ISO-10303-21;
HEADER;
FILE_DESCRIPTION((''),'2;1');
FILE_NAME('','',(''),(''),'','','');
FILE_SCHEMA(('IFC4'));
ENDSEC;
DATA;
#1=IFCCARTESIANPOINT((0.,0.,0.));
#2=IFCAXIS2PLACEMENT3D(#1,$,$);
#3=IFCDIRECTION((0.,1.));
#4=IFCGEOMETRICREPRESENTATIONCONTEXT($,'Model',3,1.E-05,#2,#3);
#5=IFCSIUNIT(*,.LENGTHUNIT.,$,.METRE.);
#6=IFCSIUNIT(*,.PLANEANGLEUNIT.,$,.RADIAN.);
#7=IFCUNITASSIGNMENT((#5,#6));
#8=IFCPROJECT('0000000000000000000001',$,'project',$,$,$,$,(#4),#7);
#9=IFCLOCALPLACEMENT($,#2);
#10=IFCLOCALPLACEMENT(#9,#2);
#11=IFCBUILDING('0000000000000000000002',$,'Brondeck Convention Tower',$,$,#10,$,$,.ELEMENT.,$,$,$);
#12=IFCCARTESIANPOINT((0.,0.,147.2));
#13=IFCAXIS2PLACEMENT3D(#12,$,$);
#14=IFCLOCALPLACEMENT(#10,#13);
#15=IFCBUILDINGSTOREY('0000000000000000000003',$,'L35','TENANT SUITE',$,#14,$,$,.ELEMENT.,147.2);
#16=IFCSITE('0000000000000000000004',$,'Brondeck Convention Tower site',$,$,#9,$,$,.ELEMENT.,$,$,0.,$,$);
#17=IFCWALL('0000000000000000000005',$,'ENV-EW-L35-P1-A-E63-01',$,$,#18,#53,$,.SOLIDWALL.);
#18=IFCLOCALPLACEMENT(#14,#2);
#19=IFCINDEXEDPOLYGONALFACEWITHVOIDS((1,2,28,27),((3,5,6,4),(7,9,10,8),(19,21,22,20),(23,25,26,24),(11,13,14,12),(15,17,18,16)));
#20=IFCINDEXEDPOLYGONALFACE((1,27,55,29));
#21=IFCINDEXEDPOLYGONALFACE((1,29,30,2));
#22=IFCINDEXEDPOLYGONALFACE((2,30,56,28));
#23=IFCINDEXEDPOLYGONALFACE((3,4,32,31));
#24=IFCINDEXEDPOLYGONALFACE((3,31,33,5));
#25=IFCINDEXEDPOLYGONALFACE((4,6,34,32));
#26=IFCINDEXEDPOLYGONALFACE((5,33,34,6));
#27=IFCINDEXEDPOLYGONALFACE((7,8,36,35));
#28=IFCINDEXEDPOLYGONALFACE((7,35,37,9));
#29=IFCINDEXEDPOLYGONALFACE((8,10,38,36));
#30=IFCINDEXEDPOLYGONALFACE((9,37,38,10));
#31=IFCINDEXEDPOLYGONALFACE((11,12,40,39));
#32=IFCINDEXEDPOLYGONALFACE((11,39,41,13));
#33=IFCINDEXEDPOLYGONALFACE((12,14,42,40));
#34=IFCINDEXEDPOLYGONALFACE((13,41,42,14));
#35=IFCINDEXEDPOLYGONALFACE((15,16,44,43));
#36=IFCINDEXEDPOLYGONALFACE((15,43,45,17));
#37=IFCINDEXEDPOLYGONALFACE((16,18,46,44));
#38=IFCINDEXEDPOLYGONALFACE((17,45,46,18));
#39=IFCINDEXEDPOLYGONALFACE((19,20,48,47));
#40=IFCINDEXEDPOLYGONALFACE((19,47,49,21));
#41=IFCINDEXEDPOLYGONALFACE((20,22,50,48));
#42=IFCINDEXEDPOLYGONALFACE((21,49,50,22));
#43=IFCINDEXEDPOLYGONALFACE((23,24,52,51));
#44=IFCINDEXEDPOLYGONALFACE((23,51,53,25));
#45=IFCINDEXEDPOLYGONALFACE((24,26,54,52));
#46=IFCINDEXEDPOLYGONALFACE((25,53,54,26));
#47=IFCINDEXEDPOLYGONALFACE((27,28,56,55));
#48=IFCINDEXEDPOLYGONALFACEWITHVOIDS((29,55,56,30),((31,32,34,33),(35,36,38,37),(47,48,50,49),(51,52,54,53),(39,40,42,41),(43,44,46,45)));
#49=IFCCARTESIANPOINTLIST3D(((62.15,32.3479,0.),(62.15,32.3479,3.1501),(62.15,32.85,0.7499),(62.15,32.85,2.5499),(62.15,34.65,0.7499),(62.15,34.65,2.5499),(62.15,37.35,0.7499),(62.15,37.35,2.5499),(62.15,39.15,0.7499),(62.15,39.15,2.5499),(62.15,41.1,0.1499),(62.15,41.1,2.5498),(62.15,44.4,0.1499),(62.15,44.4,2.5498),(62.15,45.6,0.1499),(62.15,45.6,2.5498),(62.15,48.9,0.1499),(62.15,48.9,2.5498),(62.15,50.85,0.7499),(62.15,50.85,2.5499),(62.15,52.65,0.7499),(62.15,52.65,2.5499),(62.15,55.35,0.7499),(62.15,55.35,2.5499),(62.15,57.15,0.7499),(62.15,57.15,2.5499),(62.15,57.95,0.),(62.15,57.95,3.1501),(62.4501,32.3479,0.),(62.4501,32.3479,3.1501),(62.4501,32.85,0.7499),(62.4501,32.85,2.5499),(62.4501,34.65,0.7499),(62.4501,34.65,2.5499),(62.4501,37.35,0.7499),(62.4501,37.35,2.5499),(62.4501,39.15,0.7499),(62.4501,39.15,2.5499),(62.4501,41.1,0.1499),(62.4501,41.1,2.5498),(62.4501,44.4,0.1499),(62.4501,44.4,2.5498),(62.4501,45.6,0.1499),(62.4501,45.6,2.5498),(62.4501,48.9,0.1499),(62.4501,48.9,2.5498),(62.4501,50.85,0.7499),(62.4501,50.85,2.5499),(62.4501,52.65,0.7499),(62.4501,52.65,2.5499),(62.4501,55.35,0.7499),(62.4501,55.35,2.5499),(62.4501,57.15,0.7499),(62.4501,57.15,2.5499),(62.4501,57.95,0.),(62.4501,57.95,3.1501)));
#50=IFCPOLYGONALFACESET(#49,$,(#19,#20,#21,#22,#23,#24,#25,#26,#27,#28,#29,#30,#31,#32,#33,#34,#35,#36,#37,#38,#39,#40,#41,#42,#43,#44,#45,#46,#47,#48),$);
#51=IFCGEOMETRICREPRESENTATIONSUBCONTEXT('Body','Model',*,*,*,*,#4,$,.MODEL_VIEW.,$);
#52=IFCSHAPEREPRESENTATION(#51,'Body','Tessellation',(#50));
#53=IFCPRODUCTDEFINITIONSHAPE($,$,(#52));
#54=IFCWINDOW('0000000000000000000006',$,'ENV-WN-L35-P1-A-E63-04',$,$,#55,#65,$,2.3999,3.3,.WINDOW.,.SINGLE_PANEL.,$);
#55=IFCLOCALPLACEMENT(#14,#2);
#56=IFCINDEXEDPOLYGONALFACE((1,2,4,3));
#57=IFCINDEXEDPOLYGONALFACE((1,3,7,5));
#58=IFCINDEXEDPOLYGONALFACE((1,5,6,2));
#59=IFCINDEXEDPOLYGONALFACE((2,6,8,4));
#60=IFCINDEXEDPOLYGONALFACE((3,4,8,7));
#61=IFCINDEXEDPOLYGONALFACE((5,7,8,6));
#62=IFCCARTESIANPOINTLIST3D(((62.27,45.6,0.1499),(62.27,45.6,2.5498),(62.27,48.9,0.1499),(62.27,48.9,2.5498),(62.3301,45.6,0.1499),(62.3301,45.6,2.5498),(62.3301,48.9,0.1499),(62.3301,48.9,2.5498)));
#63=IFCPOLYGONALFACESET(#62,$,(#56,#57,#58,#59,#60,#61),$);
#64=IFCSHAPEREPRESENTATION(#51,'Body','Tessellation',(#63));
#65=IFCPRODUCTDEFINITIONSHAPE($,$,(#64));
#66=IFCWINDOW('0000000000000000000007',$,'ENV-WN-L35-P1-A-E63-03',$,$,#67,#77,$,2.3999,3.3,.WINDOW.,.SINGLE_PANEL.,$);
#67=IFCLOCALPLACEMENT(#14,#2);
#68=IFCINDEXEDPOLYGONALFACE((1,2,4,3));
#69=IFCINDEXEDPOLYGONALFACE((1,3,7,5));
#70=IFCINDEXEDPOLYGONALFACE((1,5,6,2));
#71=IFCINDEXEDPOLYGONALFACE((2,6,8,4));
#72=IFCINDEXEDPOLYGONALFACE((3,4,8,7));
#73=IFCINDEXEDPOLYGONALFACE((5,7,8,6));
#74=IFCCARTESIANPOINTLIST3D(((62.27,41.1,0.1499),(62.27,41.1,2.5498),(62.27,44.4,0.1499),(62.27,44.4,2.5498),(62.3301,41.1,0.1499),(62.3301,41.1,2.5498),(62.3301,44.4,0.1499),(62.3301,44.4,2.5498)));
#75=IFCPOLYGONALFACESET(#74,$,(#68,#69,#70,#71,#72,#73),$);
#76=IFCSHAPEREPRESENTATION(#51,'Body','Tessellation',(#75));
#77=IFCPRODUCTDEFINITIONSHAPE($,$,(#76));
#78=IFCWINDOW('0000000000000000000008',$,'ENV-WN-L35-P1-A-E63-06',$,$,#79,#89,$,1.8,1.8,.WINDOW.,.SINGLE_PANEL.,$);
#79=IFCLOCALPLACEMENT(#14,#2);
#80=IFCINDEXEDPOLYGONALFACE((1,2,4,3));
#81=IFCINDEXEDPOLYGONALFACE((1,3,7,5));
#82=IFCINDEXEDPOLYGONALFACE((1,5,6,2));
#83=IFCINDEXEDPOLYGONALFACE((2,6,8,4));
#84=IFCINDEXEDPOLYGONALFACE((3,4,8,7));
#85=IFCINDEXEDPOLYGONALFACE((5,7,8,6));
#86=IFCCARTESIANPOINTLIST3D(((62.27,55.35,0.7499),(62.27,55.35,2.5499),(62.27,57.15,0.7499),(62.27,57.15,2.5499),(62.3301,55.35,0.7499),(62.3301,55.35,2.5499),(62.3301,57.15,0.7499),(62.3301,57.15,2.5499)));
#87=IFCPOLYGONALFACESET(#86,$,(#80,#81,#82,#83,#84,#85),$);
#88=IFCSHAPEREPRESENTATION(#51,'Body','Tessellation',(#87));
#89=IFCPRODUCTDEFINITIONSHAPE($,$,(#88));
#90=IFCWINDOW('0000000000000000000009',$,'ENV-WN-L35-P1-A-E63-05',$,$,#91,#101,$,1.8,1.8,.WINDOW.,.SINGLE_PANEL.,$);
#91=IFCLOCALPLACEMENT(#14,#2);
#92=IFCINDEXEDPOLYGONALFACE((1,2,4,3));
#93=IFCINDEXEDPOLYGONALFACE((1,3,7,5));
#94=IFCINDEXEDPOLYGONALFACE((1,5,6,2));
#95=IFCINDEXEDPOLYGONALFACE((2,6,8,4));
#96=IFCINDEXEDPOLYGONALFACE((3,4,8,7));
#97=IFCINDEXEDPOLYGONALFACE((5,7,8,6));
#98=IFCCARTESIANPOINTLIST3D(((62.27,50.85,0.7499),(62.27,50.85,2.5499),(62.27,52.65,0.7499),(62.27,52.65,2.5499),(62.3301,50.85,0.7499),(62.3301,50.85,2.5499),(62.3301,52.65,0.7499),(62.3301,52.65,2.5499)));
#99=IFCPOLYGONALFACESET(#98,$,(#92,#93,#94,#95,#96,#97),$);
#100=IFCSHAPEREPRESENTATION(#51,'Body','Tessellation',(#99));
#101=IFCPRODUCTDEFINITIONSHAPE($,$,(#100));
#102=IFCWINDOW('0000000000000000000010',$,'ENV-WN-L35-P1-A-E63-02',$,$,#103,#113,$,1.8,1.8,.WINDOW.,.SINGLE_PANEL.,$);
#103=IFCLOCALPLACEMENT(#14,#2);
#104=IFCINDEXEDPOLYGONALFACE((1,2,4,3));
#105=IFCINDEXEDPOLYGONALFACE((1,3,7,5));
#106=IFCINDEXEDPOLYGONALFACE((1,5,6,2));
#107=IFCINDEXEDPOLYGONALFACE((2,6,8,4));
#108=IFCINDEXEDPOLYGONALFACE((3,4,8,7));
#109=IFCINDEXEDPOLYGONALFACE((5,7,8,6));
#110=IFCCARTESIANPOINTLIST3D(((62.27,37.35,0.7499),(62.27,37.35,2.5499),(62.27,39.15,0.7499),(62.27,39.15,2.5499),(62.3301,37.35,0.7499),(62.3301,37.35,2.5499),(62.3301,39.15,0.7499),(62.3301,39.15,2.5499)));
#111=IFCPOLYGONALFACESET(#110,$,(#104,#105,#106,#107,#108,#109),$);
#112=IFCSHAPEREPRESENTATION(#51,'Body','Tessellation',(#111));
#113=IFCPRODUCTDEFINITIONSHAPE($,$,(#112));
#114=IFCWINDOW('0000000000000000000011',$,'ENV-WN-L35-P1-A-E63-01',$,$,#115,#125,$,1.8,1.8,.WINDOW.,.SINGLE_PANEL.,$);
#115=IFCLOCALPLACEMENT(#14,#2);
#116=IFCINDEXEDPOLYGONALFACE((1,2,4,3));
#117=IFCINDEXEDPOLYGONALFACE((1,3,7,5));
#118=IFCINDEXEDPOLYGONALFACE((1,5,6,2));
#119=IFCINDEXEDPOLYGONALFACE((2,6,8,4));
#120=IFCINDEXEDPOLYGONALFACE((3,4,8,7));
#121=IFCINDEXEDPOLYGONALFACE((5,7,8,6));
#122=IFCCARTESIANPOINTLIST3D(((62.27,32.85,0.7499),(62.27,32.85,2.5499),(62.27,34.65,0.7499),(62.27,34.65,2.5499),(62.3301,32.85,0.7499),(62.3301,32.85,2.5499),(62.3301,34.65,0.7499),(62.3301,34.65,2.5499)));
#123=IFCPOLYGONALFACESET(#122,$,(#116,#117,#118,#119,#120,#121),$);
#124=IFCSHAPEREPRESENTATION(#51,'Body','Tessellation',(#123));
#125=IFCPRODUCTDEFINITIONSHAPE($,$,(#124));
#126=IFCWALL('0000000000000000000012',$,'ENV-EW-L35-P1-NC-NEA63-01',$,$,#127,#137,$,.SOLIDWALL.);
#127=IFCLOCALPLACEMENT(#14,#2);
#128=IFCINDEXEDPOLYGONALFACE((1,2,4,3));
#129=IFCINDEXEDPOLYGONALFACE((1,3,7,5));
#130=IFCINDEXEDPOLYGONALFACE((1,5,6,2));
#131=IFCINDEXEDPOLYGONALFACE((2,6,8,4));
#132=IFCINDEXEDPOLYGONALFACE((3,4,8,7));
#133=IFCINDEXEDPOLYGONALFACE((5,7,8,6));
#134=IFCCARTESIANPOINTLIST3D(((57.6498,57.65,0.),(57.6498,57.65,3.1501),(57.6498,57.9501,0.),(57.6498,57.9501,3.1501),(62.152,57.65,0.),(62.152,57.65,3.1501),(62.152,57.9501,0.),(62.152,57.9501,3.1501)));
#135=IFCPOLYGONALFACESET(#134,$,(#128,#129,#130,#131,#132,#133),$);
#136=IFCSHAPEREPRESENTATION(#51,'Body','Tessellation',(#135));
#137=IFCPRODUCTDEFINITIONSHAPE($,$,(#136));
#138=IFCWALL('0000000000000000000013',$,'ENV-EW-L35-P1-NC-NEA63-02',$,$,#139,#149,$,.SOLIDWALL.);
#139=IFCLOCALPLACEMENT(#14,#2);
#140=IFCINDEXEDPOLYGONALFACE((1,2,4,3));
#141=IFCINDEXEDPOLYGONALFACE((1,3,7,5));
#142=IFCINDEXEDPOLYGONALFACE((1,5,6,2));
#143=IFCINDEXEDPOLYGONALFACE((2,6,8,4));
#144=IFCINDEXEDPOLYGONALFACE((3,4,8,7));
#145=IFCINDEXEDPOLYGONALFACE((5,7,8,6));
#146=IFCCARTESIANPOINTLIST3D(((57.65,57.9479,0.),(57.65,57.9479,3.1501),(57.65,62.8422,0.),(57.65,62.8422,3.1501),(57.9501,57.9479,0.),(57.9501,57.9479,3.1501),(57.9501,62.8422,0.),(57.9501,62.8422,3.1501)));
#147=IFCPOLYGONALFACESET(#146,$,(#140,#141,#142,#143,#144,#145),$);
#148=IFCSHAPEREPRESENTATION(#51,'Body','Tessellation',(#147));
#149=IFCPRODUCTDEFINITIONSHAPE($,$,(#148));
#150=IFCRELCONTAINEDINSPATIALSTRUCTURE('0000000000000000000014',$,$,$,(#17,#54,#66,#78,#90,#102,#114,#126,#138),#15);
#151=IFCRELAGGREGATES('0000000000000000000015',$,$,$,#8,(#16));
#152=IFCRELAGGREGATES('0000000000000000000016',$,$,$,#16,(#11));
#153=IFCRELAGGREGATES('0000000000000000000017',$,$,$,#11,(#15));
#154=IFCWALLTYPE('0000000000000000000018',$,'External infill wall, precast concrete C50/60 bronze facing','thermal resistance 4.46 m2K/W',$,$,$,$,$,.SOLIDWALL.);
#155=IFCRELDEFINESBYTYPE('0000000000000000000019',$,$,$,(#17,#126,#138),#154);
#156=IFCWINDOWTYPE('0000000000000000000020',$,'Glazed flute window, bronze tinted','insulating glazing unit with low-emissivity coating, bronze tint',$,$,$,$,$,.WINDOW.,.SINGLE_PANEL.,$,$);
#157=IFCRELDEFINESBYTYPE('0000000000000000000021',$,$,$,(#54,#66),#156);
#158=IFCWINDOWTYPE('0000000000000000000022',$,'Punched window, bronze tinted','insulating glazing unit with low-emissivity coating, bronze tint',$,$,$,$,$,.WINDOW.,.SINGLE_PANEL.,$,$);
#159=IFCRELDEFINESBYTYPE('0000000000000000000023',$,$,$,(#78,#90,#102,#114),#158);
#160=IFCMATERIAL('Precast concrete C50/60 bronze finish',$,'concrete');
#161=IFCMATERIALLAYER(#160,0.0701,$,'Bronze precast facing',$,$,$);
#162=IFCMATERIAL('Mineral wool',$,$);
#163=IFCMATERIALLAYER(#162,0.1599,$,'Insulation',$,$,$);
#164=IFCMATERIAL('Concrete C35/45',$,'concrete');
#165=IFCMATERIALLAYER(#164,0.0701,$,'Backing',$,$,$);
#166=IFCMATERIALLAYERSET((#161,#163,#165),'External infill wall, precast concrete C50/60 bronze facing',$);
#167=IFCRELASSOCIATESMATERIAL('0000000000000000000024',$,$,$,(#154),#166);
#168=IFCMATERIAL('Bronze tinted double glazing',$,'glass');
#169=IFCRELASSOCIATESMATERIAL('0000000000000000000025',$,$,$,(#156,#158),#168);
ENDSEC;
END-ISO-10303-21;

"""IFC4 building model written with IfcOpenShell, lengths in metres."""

from ifc_helpers import new_model, si_unit, direction, frame, frame_2d, origin, place, context, subcontext, project, spatial, rectangle, extrude, material, layer, layer_set, type_object, element, fill, save


model = new_model("IFC4")

# Units and contexts
model_context = context("Model", 3, precision=1e-05, world=origin(), true_north=direction((0.0, 1.0)))
body_context = subcontext(model_context, "Body", "Model", "MODEL_VIEW")
ifc_project = project(units=[si_unit("LENGTHUNIT", "METRE"), si_unit("PLANEANGLEUNIT", "RADIAN")], contexts=[model_context])

# Site, building, storey
site_placement = place(None, origin())
site = spatial("IfcSite", under=ifc_project, at=site_placement, Name="Brondeck Convention Tower site", CompositionType="ELEMENT", RefElevation=0.0)
building_placement = place(site_placement, origin())
building = spatial("IfcBuilding", under=site, at=building_placement, Name="Brondeck Convention Tower", CompositionType="ELEMENT")
storey_placement = place(building_placement, frame((0.0, 0.0, 147.2)))
storey = spatial("IfcBuildingStorey", under=building, at=storey_placement, Name="L35", Description="TENANT SUITE", CompositionType="ELEMENT", Elevation=147.2)

# Wall, openings, windows
ifc_material_1 = material(Name="Precast concrete C50/60 bronze finish", Category="concrete")
ifc_layer_1 = layer(ifc_material_1, 0.0701, Name="Bronze precast facing")
ifc_material_2 = material(Name="Mineral wool")
ifc_layer_2 = layer(ifc_material_2, 0.1599, Name="Insulation")
ifc_material_3 = material(Name="Concrete C35/45", Category="concrete")
ifc_layer_3 = layer(ifc_material_3, 0.0701, Name="Backing")
ifc_layer_set = layer_set([ifc_layer_1, ifc_layer_2, ifc_layer_3], Name="External infill wall, precast concrete C50/60 bronze facing")
wall_type = type_object("IfcWallType", Name="External infill wall, precast concrete C50/60 bronze facing", Description="thermal resistance 4.46 m2K/W", PredefinedType="SOLIDWALL", material=ifc_layer_set)
wall_1_placement = place(storey_placement, frame((62.3, 57.95, 0.0), z_axis=(0.0, 0.0, 1.0), x_axis=(0.0, -1.0, 0.0)))
wall_1 = element("IfcWall", 1, at=wall_1_placement, inside=storey, type_object=wall_type, Name="ENV-EW-L35-P1-A-E63-01", PredefinedType="SOLIDWALL", context=body_context, shape_type="SweptSolid", body=[
    extrude(rectangle(XDim=25.6021, YDim=0.3, at=frame_2d((12.801, 0.0))), origin(), (0.0, 0.0, 1.0), 3.1501),
])
opening_1_placement = place(wall_1_placement, frame((0.8, 0.0, 0.75)))
opening_1 = element("IfcOpeningElement", 2, at=opening_1_placement, cuts=wall_1, PredefinedType="OPENING", context=body_context, shape_type="SweptSolid", body=[
    extrude(rectangle(XDim=1.8, YDim=1.8, at=frame_2d((0.8999, 0.8999))), frame((0.0, 0.1599, 0.0), z_axis=(0.0, -1.0, 0.0), x_axis=(1.0, 0.0, 0.0)), (0.0, 0.0, 1.0), 0.3201),
])
opening_2_placement = place(wall_1_placement, frame((5.3, 0.0, 0.75)))
opening_2 = element("IfcOpeningElement", 3, at=opening_2_placement, cuts=wall_1, PredefinedType="OPENING", context=body_context, shape_type="SweptSolid", body=[
    extrude(rectangle(XDim=1.8, YDim=1.8, at=frame_2d((0.8999, 0.8999))), frame((0.0, 0.1599, 0.0), z_axis=(0.0, -1.0, 0.0), x_axis=(1.0, 0.0, 0.0)), (0.0, 0.0, 1.0), 0.3201),
])
opening_3_placement = place(wall_1_placement, frame((9.05, 0.0, 0.1499)))
opening_3 = element("IfcOpeningElement", 4, at=opening_3_placement, cuts=wall_1, PredefinedType="OPENING", context=body_context, shape_type="SweptSolid", body=[
    extrude(rectangle(XDim=3.3, YDim=2.3999, at=frame_2d((1.6499, 1.2))), frame((0.0, 0.1599, 0.0), z_axis=(0.0, -1.0, 0.0), x_axis=(1.0, 0.0, 0.0)), (0.0, 0.0, 1.0), 0.3201),
])
opening_4_placement = place(wall_1_placement, frame((13.55, 0.0, 0.1499)))
opening_4 = element("IfcOpeningElement", 5, at=opening_4_placement, cuts=wall_1, PredefinedType="OPENING", context=body_context, shape_type="SweptSolid", body=[
    extrude(rectangle(XDim=3.3, YDim=2.3999, at=frame_2d((1.6499, 1.2))), frame((0.0, 0.1599, 0.0), z_axis=(0.0, -1.0, 0.0), x_axis=(1.0, 0.0, 0.0)), (0.0, 0.0, 1.0), 0.3201),
])
opening_5_placement = place(wall_1_placement, frame((18.8, 0.0, 0.75)))
opening_5 = element("IfcOpeningElement", 6, at=opening_5_placement, cuts=wall_1, PredefinedType="OPENING", context=body_context, shape_type="SweptSolid", body=[
    extrude(rectangle(XDim=1.8, YDim=1.8, at=frame_2d((0.8999, 0.8999))), frame((0.0, 0.1599, 0.0), z_axis=(0.0, -1.0, 0.0), x_axis=(1.0, 0.0, 0.0)), (0.0, 0.0, 1.0), 0.3201),
])
opening_6_placement = place(wall_1_placement, frame((23.3, 0.0, 0.75)))
opening_6 = element("IfcOpeningElement", 7, at=opening_6_placement, cuts=wall_1, PredefinedType="OPENING", context=body_context, shape_type="SweptSolid", body=[
    extrude(rectangle(XDim=1.8, YDim=1.8, at=frame_2d((0.8999, 0.8999))), frame((0.0, 0.1599, 0.0), z_axis=(0.0, -1.0, 0.0), x_axis=(1.0, 0.0, 0.0)), (0.0, 0.0, 1.0), 0.3201),
])
ifc_material_4 = material(Name="Bronze tinted double glazing", Category="glass")
window_type_1 = type_object("IfcWindowType", Name="Glazed flute window, bronze tinted", Description="insulating glazing unit with low-emissivity coating, bronze tint", PartitioningType="SINGLE_PANEL", PredefinedType="WINDOW", material=ifc_material_4)
window_1_placement = place(opening_3_placement, origin())
window_1 = element("IfcWindow", 8, at=window_1_placement, inside=storey, type_object=window_type_1, Name="ENV-WN-L35-P1-A-E63-04", OverallHeight=2.3999, OverallWidth=3.3, PartitioningType="SINGLE_PANEL", PredefinedType="WINDOW", context=body_context, shape_type="SweptSolid", body=[
    extrude(rectangle(XDim=3.3, YDim=2.3999, at=frame_2d((1.6499, 1.2))), frame((0.0, 0.03, 0.0), z_axis=(0.0, -1.0, 0.0), x_axis=(1.0, 0.0, 0.0)), (0.0, 0.0, 1.0), 0.0601),
])
fill(opening_3, window_1)
window_2_placement = place(opening_4_placement, origin())
window_2 = element("IfcWindow", 9, at=window_2_placement, inside=storey, type_object=window_type_1, Name="ENV-WN-L35-P1-A-E63-03", OverallHeight=2.3999, OverallWidth=3.3, PartitioningType="SINGLE_PANEL", PredefinedType="WINDOW", context=body_context, shape_type="SweptSolid", body=[
    extrude(rectangle(XDim=3.3, YDim=2.3999, at=frame_2d((1.6499, 1.2))), frame((0.0, 0.03, 0.0), z_axis=(0.0, -1.0, 0.0), x_axis=(1.0, 0.0, 0.0)), (0.0, 0.0, 1.0), 0.0601),
])
fill(opening_4, window_2)
window_type_2 = type_object("IfcWindowType", Name="Punched window, bronze tinted", Description="insulating glazing unit with low-emissivity coating, bronze tint", PartitioningType="SINGLE_PANEL", PredefinedType="WINDOW", material=ifc_material_4)
window_3_placement = place(opening_1_placement, origin())
window_3 = element("IfcWindow", 10, at=window_3_placement, inside=storey, type_object=window_type_2, Name="ENV-WN-L35-P1-A-E63-06", OverallHeight=1.8, OverallWidth=1.8, PartitioningType="SINGLE_PANEL", PredefinedType="WINDOW", context=body_context, shape_type="SweptSolid", body=[
    extrude(rectangle(XDim=1.8, YDim=1.8, at=frame_2d((0.8999, 0.8999))), frame((0.0, 0.03, 0.0), z_axis=(0.0, -1.0, 0.0), x_axis=(1.0, 0.0, 0.0)), (0.0, 0.0, 1.0), 0.0601),
])
fill(opening_1, window_3)
window_4_placement = place(opening_2_placement, origin())
window_4 = element("IfcWindow", 11, at=window_4_placement, inside=storey, type_object=window_type_2, Name="ENV-WN-L35-P1-A-E63-05", OverallHeight=1.8, OverallWidth=1.8, PartitioningType="SINGLE_PANEL", PredefinedType="WINDOW", context=body_context, shape_type="SweptSolid", body=[
    extrude(rectangle(XDim=1.8, YDim=1.8, at=frame_2d((0.8999, 0.8999))), frame((0.0, 0.03, 0.0), z_axis=(0.0, -1.0, 0.0), x_axis=(1.0, 0.0, 0.0)), (0.0, 0.0, 1.0), 0.0601),
])
fill(opening_2, window_4)
window_5_placement = place(opening_5_placement, origin())
window_5 = element("IfcWindow", 12, at=window_5_placement, inside=storey, type_object=window_type_2, Name="ENV-WN-L35-P1-A-E63-02", OverallHeight=1.8, OverallWidth=1.8, PartitioningType="SINGLE_PANEL", PredefinedType="WINDOW", context=body_context, shape_type="SweptSolid", body=[
    extrude(rectangle(XDim=1.8, YDim=1.8, at=frame_2d((0.8999, 0.8999))), frame((0.0, 0.03, 0.0), z_axis=(0.0, -1.0, 0.0), x_axis=(1.0, 0.0, 0.0)), (0.0, 0.0, 1.0), 0.0601),
])
fill(opening_5, window_5)
window_6_placement = place(opening_6_placement, origin())
window_6 = element("IfcWindow", 13, at=window_6_placement, inside=storey, type_object=window_type_2, Name="ENV-WN-L35-P1-A-E63-01", OverallHeight=1.8, OverallWidth=1.8, PartitioningType="SINGLE_PANEL", PredefinedType="WINDOW", context=body_context, shape_type="SweptSolid", body=[
    extrude(rectangle(XDim=1.8, YDim=1.8, at=frame_2d((0.8999, 0.8999))), frame((0.0, 0.03, 0.0), z_axis=(0.0, -1.0, 0.0), x_axis=(1.0, 0.0, 0.0)), (0.0, 0.0, 1.0), 0.0601),
])
fill(opening_6, window_6)

# Walls
wall_2_placement = place(storey_placement, frame((57.6499, 57.8, 0.0), z_axis=(0.0, 0.0, 1.0), x_axis=(1.0, 0.0, 0.0)))
element("IfcWall", 14, at=wall_2_placement, inside=storey, type_object=wall_type, Name="ENV-EW-L35-P1-NC-NEA63-01", PredefinedType="SOLIDWALL", context=body_context, shape_type="SweptSolid", body=[
    extrude(rectangle(XDim=4.5022, YDim=0.3, at=frame_2d((2.251, 0.0))), origin(), (0.0, 0.0, 1.0), 3.1501),
])
wall_3_placement = place(storey_placement, frame((57.8, 62.8423, 0.0), z_axis=(0.0, 0.0, 1.0), x_axis=(0.0, -1.0, 0.0)))
element("IfcWall", 15, at=wall_3_placement, inside=storey, type_object=wall_type, Name="ENV-EW-L35-P1-NC-NEA63-02", PredefinedType="SOLIDWALL", context=body_context, shape_type="SweptSolid", body=[
    extrude(rectangle(XDim=4.8943, YDim=0.3, at=frame_2d((2.4473, 0.0))), origin(), (0.0, 0.0, 1.0), 3.1501),
])

save(model, "model.ifc")
